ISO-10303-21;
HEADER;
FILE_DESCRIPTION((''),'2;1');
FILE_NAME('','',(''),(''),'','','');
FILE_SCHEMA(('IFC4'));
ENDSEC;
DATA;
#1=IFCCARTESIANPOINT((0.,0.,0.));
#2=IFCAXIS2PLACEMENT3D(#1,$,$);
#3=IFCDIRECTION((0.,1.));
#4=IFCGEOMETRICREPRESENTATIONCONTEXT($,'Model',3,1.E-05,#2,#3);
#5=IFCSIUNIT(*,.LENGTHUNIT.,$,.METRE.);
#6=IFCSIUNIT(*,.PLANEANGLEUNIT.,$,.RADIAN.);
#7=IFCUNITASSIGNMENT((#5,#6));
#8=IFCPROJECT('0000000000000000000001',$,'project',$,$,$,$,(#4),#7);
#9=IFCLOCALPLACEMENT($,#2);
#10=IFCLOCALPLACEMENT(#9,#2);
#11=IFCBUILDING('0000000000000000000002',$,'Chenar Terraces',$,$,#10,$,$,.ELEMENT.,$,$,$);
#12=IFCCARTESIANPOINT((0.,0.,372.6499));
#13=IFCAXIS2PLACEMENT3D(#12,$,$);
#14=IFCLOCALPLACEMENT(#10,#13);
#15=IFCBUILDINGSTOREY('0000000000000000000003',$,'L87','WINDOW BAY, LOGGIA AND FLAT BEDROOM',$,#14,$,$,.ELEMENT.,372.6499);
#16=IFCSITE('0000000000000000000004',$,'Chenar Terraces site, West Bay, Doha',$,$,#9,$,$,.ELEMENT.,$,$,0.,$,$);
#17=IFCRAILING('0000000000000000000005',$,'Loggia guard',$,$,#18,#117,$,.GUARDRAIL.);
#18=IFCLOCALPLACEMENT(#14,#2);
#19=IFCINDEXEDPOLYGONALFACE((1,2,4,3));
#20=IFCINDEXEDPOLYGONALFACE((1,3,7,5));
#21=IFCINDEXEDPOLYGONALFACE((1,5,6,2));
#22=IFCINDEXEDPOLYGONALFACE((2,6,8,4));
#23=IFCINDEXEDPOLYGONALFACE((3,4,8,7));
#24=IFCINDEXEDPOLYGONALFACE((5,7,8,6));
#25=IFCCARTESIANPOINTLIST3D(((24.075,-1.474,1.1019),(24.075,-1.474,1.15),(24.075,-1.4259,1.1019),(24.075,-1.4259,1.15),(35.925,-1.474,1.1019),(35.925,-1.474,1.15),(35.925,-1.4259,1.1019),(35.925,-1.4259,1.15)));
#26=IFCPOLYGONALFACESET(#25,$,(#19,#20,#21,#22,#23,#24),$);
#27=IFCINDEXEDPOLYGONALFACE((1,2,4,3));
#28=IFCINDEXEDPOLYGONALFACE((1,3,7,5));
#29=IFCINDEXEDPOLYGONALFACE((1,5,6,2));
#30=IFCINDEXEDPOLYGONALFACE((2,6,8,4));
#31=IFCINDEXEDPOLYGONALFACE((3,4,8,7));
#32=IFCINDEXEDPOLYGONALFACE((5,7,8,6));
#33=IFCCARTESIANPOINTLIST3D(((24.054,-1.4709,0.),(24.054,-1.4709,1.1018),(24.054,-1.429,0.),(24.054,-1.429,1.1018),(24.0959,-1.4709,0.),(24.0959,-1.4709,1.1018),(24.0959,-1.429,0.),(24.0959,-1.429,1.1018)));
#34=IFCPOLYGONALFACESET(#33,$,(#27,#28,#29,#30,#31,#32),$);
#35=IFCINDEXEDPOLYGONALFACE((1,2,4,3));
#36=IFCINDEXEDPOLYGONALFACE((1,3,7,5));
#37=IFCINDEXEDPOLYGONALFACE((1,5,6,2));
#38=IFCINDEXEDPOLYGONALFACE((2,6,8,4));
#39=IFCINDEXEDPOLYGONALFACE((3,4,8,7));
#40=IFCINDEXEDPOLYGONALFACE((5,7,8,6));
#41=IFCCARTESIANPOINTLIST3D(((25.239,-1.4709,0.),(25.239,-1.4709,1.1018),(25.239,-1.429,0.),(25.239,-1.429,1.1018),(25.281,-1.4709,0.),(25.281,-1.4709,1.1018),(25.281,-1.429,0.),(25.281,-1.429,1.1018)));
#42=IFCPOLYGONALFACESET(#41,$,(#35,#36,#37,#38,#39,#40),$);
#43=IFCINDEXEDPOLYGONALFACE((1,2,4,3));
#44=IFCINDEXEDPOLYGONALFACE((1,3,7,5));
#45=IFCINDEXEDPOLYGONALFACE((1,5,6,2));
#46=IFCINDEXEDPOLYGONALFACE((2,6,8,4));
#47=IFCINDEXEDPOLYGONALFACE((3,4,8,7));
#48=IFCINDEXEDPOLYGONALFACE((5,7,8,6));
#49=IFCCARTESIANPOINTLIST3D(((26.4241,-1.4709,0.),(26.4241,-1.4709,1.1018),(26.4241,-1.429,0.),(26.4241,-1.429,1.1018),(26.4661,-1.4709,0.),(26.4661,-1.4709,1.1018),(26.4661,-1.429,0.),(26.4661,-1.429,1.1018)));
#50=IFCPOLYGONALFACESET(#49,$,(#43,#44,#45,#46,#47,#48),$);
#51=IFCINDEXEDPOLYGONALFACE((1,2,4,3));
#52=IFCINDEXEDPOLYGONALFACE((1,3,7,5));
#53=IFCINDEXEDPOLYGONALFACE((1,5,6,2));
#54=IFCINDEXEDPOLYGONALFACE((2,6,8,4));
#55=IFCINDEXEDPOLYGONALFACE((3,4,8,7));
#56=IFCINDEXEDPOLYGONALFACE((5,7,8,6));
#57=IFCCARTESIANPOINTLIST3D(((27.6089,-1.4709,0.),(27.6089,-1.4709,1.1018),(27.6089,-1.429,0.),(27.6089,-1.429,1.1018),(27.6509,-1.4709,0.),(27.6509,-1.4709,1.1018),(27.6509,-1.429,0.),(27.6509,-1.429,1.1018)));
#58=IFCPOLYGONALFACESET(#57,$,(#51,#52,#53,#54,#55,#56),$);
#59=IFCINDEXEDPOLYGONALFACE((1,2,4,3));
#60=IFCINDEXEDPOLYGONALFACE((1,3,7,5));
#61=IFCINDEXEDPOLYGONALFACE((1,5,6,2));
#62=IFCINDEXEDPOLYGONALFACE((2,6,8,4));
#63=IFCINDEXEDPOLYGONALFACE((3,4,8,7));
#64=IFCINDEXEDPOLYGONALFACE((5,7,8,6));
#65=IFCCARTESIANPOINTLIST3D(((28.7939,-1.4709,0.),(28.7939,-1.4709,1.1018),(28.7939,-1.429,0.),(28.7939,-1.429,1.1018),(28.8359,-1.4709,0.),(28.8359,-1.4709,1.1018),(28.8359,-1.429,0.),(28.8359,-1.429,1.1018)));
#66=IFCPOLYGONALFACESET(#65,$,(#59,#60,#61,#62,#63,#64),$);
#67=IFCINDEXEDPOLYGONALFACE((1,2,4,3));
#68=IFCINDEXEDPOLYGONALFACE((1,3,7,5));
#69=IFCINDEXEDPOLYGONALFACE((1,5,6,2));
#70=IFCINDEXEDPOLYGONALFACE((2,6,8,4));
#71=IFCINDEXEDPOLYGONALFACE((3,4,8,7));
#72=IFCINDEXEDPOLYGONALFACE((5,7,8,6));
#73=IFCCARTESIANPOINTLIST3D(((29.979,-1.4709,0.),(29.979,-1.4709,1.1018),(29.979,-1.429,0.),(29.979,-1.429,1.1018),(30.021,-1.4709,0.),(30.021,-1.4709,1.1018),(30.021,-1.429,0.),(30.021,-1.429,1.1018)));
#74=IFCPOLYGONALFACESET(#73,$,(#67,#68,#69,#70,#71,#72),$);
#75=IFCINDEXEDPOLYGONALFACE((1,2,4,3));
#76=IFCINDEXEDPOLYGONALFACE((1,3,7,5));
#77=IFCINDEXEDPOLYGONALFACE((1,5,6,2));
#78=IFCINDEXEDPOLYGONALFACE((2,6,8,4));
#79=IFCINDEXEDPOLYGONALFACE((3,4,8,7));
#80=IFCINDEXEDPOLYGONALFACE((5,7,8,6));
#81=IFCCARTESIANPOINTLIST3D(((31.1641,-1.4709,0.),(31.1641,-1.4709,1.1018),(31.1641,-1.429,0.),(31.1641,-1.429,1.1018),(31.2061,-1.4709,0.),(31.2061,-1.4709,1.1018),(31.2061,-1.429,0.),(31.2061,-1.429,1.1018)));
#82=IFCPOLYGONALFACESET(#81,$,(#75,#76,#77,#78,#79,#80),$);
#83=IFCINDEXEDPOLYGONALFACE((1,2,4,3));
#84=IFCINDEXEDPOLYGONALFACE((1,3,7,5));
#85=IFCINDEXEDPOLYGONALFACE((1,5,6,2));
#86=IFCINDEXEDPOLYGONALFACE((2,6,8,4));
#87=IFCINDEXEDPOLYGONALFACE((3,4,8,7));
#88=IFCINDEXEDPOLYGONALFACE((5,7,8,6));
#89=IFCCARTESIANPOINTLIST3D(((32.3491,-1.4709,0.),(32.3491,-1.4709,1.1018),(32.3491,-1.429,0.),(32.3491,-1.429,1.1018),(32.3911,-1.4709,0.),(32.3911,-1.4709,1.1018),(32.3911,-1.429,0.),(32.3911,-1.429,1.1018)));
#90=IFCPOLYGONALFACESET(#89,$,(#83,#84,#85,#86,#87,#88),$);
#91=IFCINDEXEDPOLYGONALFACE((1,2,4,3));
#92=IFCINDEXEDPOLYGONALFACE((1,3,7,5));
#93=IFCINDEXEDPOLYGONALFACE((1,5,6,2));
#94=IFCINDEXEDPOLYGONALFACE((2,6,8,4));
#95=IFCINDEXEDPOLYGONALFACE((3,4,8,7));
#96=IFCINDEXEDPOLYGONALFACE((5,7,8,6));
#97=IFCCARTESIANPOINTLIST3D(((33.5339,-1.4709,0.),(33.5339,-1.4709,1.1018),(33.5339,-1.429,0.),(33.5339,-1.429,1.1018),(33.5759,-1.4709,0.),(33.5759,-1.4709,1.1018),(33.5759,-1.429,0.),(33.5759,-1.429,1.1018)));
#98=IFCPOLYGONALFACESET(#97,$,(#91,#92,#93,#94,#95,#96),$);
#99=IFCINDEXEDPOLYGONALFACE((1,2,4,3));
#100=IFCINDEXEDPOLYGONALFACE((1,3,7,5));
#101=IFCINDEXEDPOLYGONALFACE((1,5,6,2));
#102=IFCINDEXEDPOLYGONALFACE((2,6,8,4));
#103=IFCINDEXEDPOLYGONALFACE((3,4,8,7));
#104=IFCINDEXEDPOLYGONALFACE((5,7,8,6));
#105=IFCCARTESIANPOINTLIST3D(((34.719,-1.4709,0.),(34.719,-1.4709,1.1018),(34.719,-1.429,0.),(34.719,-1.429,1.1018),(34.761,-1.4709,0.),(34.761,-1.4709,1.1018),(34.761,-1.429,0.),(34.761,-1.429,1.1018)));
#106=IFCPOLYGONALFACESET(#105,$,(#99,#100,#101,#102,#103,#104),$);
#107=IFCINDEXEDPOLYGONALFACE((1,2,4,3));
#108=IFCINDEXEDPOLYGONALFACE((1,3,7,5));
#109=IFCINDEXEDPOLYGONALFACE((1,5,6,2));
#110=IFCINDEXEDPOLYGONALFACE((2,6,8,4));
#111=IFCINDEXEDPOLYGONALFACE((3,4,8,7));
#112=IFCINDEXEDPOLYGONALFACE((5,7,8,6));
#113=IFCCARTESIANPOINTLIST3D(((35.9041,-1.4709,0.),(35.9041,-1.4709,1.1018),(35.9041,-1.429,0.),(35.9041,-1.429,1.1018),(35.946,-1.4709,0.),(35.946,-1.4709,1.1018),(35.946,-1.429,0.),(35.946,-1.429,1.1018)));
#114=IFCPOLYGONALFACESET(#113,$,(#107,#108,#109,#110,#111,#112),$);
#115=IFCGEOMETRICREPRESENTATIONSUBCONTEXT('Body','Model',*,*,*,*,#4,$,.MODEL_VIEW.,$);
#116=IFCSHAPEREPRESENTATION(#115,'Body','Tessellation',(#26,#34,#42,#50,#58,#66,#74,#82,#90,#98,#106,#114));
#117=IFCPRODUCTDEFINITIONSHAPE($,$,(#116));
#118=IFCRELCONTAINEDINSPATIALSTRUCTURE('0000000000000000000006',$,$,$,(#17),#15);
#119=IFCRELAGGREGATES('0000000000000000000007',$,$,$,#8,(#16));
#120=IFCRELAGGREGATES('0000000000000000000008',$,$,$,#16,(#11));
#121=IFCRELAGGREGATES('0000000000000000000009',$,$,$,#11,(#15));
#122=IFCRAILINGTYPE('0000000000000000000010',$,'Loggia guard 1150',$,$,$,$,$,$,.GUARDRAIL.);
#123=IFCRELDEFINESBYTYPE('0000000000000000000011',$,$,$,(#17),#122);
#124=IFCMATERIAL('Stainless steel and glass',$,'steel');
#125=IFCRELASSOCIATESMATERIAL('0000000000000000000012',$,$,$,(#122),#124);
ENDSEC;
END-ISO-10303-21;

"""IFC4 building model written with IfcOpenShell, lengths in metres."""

from ifc_helpers import new_model, si_unit, direction, frame, origin, origin_2d, place, context, subcontext, project, spatial, rectangle, extrude, material, type_object, element, save


model = new_model("IFC4")

# Units and contexts
model_context = context("Model", 3, precision=1e-05, world=origin(), true_north=direction((0.0, 1.0)))
body_context = subcontext(model_context, "Body", "Model", "MODEL_VIEW")
ifc_project = project(units=[si_unit("LENGTHUNIT", "METRE"), si_unit("PLANEANGLEUNIT", "RADIAN")], contexts=[model_context])

# Site, building, storey
site_placement = place(None, origin())
site = spatial("IfcSite", under=ifc_project, at=site_placement, Name="Chenar Terraces site, West Bay, Doha", CompositionType="ELEMENT", RefElevation=0.0)
building_placement = place(site_placement, origin())
building = spatial("IfcBuilding", under=site, at=building_placement, Name="Chenar Terraces", CompositionType="ELEMENT")
storey_placement = place(building_placement, frame((0.0, 0.0, 372.6499)))
storey = spatial("IfcBuildingStorey", under=building, at=storey_placement, Name="L87", Description="WINDOW BAY, LOGGIA AND FLAT BEDROOM", CompositionType="ELEMENT", Elevation=372.6499)

# Railing
ifc_material_1 = material(Name="Stainless steel and glass", Category="steel")
railing_type = type_object("IfcRailingType", Name="Loggia guard 1150", PredefinedType="GUARDRAIL", material=ifc_material_1)
railing_placement = place(storey_placement, frame((24.075, -1.45, 0.0)))
element("IfcRailing", 1, at=railing_placement, inside=storey, type_object=railing_type, Name="Loggia guard", PredefinedType="GUARDRAIL", context=body_context, shape_type="SweptSolid", body=[
    extrude(rectangle(XDim=0.0481, YDim=0.0481, at=origin_2d()), frame((0.0, 0.0, 1.126), z_axis=(1.0, 0.0, 0.0), x_axis=(0.0, 1.0, 0.0)), (0.0, 0.0, 1.0), 11.8501),
    extrude(rectangle(XDim=0.042, YDim=0.042, at=origin_2d()), origin(), (0.0, 0.0, 1.0), 1.1018),
    extrude(rectangle(XDim=0.042, YDim=0.042, at=origin_2d()), frame((1.1851, 0.0, 0.0)), (0.0, 0.0, 1.0), 1.1018),
    extrude(rectangle(XDim=0.042, YDim=0.042, at=origin_2d()), frame((2.3701, 0.0, 0.0)), (0.0, 0.0, 1.0), 1.1018),
    extrude(rectangle(XDim=0.042, YDim=0.042, at=origin_2d()), frame((3.5549, 0.0, 0.0)), (0.0, 0.0, 1.0), 1.1018),
    extrude(rectangle(XDim=0.042, YDim=0.042, at=origin_2d()), frame((4.74, 0.0, 0.0)), (0.0, 0.0, 1.0), 1.1018),
    extrude(rectangle(XDim=0.042, YDim=0.042, at=origin_2d()), frame((5.925, 0.0, 0.0)), (0.0, 0.0, 1.0), 1.1018),
    extrude(rectangle(XDim=0.042, YDim=0.042, at=origin_2d()), frame((7.1101, 0.0, 0.0)), (0.0, 0.0, 1.0), 1.1018),
    extrude(rectangle(XDim=0.042, YDim=0.042, at=origin_2d()), frame((8.2952, 0.0, 0.0)), (0.0, 0.0, 1.0), 1.1018),
    extrude(rectangle(XDim=0.042, YDim=0.042, at=origin_2d()), frame((9.48, 0.0, 0.0)), (0.0, 0.0, 1.0), 1.1018),
    extrude(rectangle(XDim=0.042, YDim=0.042, at=origin_2d()), frame((10.665, 0.0, 0.0)), (0.0, 0.0, 1.0), 1.1018),
    extrude(rectangle(XDim=0.042, YDim=0.042, at=origin_2d()), frame((11.8501, 0.0, 0.0)), (0.0, 0.0, 1.0), 1.1018),
])

save(model, "model.ifc")
